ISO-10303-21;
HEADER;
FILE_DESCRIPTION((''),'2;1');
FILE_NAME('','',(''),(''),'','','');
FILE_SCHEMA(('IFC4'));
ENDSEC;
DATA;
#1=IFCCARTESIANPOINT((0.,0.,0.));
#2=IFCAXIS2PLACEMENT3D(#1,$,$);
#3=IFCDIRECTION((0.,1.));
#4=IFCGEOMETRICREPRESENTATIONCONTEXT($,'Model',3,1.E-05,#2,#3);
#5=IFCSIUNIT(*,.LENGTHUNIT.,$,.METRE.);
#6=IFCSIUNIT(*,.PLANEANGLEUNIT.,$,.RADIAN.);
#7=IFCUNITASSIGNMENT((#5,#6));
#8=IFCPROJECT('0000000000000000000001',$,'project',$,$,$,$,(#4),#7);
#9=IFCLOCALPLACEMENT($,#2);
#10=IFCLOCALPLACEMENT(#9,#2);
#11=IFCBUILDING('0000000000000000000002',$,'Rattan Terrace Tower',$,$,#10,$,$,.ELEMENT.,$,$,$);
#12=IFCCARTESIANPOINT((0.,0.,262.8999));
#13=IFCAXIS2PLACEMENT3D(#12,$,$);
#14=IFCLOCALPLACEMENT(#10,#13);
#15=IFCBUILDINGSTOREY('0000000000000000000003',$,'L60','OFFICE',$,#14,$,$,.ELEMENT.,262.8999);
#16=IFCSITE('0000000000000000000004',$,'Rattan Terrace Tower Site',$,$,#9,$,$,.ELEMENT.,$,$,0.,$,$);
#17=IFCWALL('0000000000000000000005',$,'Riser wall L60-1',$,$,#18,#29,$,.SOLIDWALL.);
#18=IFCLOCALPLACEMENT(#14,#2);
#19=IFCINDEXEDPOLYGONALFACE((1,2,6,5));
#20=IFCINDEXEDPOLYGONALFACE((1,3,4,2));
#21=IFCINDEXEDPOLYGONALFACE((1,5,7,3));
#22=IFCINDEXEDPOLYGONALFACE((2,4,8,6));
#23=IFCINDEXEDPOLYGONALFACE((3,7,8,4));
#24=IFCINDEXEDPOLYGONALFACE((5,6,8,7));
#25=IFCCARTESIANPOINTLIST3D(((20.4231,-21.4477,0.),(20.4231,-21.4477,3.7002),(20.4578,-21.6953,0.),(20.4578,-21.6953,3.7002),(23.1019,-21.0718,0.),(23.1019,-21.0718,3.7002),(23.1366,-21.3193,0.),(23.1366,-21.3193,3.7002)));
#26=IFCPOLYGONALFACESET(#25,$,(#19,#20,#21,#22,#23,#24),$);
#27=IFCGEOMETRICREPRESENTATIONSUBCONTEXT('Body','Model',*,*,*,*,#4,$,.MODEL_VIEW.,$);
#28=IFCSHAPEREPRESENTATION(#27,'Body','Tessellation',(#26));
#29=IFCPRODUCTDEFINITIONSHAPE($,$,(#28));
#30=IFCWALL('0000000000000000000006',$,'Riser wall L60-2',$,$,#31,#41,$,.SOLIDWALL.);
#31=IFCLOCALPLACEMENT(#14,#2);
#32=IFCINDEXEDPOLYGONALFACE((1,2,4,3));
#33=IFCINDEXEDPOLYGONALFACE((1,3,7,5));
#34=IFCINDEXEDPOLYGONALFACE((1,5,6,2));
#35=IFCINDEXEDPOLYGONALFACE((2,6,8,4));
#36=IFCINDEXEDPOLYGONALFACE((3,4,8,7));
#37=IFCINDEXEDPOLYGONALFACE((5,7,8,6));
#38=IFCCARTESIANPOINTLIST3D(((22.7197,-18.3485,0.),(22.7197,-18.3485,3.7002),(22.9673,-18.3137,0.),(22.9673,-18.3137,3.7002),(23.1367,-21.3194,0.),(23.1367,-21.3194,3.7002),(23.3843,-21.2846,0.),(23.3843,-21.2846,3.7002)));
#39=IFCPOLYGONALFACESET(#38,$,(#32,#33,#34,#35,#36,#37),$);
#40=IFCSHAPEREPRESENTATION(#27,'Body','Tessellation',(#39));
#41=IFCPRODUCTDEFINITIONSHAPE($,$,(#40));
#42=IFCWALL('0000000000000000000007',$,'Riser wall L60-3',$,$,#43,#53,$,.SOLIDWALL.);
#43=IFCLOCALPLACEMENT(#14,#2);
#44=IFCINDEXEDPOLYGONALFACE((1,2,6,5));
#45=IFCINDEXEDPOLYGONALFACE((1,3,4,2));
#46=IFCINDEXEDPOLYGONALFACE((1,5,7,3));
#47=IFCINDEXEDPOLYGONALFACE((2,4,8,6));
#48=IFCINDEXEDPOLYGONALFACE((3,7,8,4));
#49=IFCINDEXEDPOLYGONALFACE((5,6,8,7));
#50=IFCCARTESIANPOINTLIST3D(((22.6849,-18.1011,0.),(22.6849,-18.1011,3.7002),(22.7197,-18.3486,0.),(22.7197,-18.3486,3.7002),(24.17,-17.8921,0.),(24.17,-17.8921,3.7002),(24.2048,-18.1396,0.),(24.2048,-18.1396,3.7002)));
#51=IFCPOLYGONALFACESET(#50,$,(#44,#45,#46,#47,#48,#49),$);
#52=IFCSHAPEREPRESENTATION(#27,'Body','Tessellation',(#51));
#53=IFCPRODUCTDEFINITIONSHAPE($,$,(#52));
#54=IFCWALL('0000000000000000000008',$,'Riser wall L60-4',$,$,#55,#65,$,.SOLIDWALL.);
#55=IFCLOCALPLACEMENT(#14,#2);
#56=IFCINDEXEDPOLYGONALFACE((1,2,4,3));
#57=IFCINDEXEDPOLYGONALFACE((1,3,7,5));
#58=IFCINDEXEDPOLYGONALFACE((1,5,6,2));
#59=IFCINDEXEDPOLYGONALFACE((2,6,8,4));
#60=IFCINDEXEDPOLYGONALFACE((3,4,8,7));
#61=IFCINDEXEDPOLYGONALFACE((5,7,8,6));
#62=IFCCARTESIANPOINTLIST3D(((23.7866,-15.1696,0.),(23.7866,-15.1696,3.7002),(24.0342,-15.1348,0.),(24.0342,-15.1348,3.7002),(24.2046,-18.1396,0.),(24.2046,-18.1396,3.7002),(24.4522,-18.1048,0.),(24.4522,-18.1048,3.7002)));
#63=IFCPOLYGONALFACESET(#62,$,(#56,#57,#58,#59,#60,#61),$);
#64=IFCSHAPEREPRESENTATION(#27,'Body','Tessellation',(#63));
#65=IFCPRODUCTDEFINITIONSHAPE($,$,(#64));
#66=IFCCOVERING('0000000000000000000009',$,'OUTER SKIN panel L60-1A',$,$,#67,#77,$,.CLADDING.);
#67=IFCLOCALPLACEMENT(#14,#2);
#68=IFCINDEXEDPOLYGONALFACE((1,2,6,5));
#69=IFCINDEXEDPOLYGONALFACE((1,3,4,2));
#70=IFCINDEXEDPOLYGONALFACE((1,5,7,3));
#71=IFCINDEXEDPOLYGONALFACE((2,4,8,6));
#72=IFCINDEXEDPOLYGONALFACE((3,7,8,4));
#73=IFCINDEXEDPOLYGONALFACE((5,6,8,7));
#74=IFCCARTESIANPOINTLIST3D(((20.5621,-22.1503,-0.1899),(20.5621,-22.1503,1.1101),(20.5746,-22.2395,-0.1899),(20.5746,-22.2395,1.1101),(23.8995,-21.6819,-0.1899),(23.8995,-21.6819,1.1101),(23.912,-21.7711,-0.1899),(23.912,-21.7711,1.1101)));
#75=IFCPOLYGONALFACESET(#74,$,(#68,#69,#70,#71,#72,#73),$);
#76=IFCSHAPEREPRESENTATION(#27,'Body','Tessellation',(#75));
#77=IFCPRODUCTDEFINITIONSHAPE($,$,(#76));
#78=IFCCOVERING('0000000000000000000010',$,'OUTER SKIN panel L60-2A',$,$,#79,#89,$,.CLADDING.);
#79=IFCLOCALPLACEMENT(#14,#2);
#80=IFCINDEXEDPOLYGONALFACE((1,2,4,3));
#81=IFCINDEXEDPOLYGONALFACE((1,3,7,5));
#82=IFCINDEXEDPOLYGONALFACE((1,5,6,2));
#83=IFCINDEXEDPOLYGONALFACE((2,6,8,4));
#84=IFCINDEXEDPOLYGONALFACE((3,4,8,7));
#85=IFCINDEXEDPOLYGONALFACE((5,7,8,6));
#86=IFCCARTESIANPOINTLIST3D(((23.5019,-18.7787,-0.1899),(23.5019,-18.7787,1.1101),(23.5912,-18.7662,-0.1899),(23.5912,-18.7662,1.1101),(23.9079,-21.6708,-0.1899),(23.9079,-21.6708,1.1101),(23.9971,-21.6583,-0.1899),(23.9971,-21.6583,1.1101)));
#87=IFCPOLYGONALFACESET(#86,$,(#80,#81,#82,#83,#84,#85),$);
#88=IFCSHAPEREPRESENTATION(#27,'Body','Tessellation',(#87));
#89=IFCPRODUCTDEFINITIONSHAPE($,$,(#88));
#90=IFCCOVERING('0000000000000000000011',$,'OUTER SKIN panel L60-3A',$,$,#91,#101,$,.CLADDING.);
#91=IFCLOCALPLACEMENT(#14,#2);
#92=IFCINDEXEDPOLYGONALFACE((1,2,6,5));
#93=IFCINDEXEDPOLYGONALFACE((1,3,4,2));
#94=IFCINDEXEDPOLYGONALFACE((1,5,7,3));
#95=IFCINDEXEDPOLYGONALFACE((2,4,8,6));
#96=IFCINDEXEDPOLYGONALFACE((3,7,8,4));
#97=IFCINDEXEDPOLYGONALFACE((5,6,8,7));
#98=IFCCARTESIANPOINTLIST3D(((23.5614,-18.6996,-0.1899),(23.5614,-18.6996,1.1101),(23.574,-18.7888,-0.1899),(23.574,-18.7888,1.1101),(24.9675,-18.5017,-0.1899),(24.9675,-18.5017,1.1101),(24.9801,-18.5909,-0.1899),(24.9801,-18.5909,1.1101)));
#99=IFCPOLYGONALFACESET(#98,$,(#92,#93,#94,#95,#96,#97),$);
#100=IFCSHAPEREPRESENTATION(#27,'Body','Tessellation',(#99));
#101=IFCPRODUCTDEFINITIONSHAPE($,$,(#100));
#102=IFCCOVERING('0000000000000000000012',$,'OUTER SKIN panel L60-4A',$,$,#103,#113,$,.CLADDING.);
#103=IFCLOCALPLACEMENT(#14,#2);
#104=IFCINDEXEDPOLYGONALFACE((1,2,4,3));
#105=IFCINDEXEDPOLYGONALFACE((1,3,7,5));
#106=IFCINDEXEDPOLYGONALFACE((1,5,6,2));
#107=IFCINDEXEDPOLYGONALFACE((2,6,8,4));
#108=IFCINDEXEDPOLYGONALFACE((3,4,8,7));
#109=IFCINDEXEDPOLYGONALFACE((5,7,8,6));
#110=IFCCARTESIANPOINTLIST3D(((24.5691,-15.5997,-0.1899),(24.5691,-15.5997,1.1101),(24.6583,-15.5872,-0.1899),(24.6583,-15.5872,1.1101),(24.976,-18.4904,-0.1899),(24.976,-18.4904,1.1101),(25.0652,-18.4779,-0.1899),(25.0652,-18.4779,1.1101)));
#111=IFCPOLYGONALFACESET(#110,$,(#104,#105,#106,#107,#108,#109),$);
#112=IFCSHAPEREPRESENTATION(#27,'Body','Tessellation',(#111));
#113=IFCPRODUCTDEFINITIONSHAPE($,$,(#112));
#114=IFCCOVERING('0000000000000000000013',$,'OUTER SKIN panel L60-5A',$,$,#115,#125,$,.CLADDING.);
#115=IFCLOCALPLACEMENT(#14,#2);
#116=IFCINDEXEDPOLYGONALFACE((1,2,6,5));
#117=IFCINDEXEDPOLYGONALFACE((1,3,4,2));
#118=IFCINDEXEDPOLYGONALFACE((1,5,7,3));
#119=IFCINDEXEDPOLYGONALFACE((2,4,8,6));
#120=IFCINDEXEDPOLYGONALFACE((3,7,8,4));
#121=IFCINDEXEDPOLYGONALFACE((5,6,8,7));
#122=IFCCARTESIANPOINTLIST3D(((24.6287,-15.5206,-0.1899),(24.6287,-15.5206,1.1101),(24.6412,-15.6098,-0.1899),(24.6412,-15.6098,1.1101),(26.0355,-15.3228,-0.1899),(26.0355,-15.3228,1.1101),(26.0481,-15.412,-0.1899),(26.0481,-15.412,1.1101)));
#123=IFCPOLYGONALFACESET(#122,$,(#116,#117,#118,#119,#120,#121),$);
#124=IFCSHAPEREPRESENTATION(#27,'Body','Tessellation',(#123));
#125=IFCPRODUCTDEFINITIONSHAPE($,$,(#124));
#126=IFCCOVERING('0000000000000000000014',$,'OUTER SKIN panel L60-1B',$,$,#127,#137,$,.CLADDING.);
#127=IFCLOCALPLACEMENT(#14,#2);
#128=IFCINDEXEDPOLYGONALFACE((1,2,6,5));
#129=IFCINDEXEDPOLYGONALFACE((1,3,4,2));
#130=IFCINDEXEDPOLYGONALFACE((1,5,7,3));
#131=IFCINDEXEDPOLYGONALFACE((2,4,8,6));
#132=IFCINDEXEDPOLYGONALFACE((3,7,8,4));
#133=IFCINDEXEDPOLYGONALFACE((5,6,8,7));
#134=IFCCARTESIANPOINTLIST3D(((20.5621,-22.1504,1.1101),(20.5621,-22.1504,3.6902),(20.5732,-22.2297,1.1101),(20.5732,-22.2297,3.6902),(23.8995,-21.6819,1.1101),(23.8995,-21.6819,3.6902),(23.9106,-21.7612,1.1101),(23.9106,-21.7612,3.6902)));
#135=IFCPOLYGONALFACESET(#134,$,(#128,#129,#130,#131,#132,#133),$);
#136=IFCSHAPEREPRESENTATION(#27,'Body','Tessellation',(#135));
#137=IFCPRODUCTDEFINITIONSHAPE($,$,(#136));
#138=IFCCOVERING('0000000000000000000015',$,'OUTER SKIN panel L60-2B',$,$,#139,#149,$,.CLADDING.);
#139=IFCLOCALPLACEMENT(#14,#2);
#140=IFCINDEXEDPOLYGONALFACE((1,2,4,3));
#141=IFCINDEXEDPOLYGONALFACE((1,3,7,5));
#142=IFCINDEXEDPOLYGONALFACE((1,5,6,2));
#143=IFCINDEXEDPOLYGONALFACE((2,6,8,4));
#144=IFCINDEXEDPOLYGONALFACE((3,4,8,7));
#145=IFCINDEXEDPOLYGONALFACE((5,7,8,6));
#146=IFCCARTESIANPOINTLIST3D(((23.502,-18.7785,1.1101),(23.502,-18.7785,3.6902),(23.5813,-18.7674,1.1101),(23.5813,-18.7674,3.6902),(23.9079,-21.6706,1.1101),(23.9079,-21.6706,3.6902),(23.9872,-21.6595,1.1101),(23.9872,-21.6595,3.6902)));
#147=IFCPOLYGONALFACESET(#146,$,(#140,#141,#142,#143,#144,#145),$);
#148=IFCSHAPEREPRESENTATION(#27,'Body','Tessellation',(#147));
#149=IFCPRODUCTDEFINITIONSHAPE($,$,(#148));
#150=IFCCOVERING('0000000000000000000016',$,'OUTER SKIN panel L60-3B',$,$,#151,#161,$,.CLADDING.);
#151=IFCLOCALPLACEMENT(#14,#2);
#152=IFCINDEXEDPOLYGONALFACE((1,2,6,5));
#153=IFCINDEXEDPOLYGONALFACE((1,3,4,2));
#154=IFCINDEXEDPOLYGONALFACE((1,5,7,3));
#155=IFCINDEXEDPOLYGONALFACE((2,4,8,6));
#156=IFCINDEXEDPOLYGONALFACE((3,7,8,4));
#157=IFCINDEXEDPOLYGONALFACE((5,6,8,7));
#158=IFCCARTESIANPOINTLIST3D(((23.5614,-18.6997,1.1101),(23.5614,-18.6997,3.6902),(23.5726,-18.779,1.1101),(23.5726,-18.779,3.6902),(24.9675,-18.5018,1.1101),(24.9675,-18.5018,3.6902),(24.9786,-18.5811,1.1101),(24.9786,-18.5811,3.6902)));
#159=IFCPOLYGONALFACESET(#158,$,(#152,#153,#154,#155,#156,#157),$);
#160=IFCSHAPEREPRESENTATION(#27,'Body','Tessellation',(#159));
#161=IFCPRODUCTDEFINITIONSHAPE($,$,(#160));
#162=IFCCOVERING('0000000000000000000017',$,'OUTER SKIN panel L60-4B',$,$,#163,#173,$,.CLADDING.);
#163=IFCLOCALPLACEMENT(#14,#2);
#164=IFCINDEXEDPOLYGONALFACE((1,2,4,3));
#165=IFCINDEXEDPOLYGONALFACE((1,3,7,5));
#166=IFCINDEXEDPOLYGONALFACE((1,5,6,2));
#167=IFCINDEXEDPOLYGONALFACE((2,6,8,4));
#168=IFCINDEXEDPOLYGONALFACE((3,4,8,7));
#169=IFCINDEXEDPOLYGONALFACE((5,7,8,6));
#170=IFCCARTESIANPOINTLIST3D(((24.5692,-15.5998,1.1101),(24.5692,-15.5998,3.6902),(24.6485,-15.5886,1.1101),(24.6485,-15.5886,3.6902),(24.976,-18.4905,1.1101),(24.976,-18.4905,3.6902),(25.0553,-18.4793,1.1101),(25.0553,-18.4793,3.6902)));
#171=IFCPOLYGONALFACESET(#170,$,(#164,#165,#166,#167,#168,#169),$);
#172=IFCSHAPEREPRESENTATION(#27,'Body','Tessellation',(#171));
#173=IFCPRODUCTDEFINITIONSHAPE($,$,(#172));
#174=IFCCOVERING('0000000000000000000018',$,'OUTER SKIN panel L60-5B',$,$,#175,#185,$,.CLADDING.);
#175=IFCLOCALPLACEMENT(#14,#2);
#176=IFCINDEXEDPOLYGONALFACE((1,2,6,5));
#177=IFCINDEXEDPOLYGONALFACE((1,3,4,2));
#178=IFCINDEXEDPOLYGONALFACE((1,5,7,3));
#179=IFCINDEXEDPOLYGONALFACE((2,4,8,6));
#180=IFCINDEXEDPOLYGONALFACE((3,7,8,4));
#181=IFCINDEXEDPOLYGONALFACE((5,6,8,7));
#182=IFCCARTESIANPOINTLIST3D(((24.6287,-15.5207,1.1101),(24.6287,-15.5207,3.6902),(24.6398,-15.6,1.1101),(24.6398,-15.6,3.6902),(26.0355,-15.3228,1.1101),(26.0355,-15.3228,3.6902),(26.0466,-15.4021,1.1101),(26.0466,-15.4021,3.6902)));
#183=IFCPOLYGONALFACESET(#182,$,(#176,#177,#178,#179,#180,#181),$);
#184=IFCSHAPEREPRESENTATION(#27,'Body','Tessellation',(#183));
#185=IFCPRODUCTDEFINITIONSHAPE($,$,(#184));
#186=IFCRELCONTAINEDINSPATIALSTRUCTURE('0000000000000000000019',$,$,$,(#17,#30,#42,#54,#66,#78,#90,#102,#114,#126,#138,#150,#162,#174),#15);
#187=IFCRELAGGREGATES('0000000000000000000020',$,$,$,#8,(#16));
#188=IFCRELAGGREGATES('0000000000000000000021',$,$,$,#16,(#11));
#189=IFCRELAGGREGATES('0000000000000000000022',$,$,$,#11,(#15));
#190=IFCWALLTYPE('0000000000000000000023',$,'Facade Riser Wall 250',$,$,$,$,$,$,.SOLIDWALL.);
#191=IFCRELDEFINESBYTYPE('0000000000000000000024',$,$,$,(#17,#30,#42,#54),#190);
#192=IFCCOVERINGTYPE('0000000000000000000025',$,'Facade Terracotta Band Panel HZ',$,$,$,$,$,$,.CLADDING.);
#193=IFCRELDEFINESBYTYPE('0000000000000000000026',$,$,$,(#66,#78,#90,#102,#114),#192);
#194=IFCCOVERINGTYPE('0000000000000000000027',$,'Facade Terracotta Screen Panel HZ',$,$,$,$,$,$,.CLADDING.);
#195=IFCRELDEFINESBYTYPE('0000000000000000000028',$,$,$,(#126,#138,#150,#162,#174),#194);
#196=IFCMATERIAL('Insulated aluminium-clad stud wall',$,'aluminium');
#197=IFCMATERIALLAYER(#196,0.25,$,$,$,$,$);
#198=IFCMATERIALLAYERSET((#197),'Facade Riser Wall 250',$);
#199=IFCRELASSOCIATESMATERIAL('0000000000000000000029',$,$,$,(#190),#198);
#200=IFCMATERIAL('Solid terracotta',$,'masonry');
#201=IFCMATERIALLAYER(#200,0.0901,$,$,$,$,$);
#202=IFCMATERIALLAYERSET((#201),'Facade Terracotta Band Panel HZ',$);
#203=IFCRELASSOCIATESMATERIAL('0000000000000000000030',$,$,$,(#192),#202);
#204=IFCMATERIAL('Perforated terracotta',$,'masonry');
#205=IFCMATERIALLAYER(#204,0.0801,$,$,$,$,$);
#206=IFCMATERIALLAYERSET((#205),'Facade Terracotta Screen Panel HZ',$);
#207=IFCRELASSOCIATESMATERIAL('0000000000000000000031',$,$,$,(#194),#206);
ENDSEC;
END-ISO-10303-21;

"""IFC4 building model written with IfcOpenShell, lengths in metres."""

from ifc_helpers import new_model, si_unit, direction, frame, frame_2d, origin, origin_2d, place, context, subcontext, project, spatial, rectangle, extrude, material, layer, layer_set, type_object, element, save


model = new_model("IFC4")

# Units and contexts
model_context = context("Model", 3, precision=1e-05, world=origin(), true_north=direction((0.0, 1.0)))
body_context = subcontext(model_context, "Body", "Model", "MODEL_VIEW")
ifc_project = project(units=[si_unit("LENGTHUNIT", "METRE"), si_unit("PLANEANGLEUNIT", "RADIAN")], contexts=[model_context])

# Site, building, storey
site_placement = place(None, origin())
site = spatial("IfcSite", under=ifc_project, at=site_placement, Name="Rattan Terrace Tower Site", CompositionType="ELEMENT", RefElevation=0.0)
building_placement = place(site_placement, origin())
building = spatial("IfcBuilding", under=site, at=building_placement, Name="Rattan Terrace Tower", CompositionType="ELEMENT")
storey_placement = place(building_placement, frame((0.0, 0.0, 262.8999)))
storey = spatial("IfcBuildingStorey", under=building, at=storey_placement, Name="L60", Description="OFFICE", CompositionType="ELEMENT", Elevation=262.8999)

# Walls
ifc_material_1 = material(Name="Insulated aluminium-clad stud wall", Category="aluminium")
ifc_layer_1 = layer(ifc_material_1, 0.25)
ifc_layer_set_1 = layer_set([ifc_layer_1], Name="Facade Riser Wall 250")
wall_type = type_object("IfcWallType", Name="Facade Riser Wall 250", PredefinedType="SOLIDWALL", material=ifc_layer_set_1)
wall_1_placement = place(storey_placement, frame((20.4404, -21.5715, 0.0), z_axis=(0.0, 0.0, 1.0), x_axis=(0.990293, 0.138995, 0.0)))
element("IfcWall", 1, at=wall_1_placement, inside=storey, type_object=wall_type, Name="Riser wall L60-1", PredefinedType="SOLIDWALL", context=body_context, shape_type="SweptSolid", body=[
    extrude(rectangle(XDim=2.7051, YDim=0.25, at=frame_2d((1.3525, 0.0))), origin(), (0.0, 0.0, 1.0), 3.7002),
])
wall_2_placement = place(storey_placement, frame((23.2605, -21.302, 0.0), z_axis=(0.0, 0.0, 1.0), x_axis=(-0.138994, 0.990293, 0.0)))
element("IfcWall", 2, at=wall_2_placement, inside=storey, type_object=wall_type, Name="Riser wall L60-2", PredefinedType="SOLIDWALL", context=body_context, shape_type="SweptSolid", body=[
    extrude(rectangle(XDim=3.0, YDim=0.25, at=frame_2d((1.5, 0.0))), origin(), (0.0, 0.0, 1.0), 3.7002),
])
wall_3_placement = place(storey_placement, frame((22.7021, -18.2249, 0.0), z_axis=(0.0, 0.0, 1.0), x_axis=(0.990244, 0.139347, 0.0)))
element("IfcWall", 3, at=wall_3_placement, inside=storey, type_object=wall_type, Name="Riser wall L60-3", PredefinedType="SOLIDWALL", context=body_context, shape_type="SweptSolid", body=[
    extrude(rectangle(XDim=1.4998, YDim=0.25, at=frame_2d((0.75, 0.0))), origin(), (0.0, 0.0, 1.0), 3.7002),
])
wall_4_placement = place(storey_placement, frame((24.3284, -18.1221, 0.0), z_axis=(0.0, 0.0, 1.0), x_axis=(-0.139358, 0.990242, 0.0)))
element("IfcWall", 4, at=wall_4_placement, inside=storey, type_object=wall_type, Name="Riser wall L60-4", PredefinedType="SOLIDWALL", context=body_context, shape_type="SweptSolid", body=[
    extrude(rectangle(XDim=2.9993, YDim=0.25, at=frame_2d((1.4995, 0.0))), origin(), (0.0, 0.0, 1.0), 3.7002),
])

# Coverings
ifc_material_2 = material(Name="Solid terracotta", Category="masonry")
ifc_layer_2 = layer(ifc_material_2, 0.0901)
ifc_layer_set_2 = layer_set([ifc_layer_2], Name="Facade Terracotta Band Panel HZ")
covering_type_1 = type_object("IfcCoveringType", Name="Facade Terracotta Band Panel HZ", PredefinedType="CLADDING", material=ifc_layer_set_2)
covering_1_placement = place(storey_placement, frame((22.2371, -21.9607, -0.1899), z_axis=(0.0, 0.0, 1.0), x_axis=(0.990293, 0.138994, 0.0)))
element("IfcCovering", 5, at=covering_1_placement, inside=storey, type_object=covering_type_1, Name="OUTER SKIN panel L60-1A", PredefinedType="CLADDING", context=body_context, shape_type="SweptSolid", body=[
    extrude(rectangle(XDim=3.3701, YDim=0.0901, at=origin_2d()), origin(), (0.0, 0.0, 1.0), 1.3),
])
covering_2_placement = place(storey_placement, frame((23.7495, -20.2185, -0.1899), z_axis=(0.0, 0.0, 1.0), x_axis=(-0.138994, 0.990293, 0.0)))
element("IfcCovering", 6, at=covering_2_placement, inside=storey, type_object=covering_type_1, Name="OUTER SKIN panel L60-2A", PredefinedType="CLADDING", context=body_context, shape_type="SweptSolid", body=[
    extrude(rectangle(XDim=2.9204, YDim=0.0901, at=origin_2d()), origin(), (0.0, 0.0, 1.0), 1.3),
])
covering_3_placement = place(storey_placement, frame((24.2708, -18.6453, -0.1899), z_axis=(0.0, 0.0, 1.0), x_axis=(0.990241, 0.139367, 0.0)))
element("IfcCovering", 7, at=covering_3_placement, inside=storey, type_object=covering_type_1, Name="OUTER SKIN panel L60-3A", PredefinedType="CLADDING", context=body_context, shape_type="SweptSolid", body=[
    extrude(rectangle(XDim=1.4199, YDim=0.0901, at=origin_2d()), origin(), (0.0, 0.0, 1.0), 1.3),
])
covering_4_placement = place(storey_placement, frame((24.8171, -17.0388, -0.1899), z_axis=(0.0, 0.0, 1.0), x_axis=(-0.139367, 0.990241, 0.0)))
element("IfcCovering", 8, at=covering_4_placement, inside=storey, type_object=covering_type_1, Name="OUTER SKIN panel L60-4A", PredefinedType="CLADDING", context=body_context, shape_type="SweptSolid", body=[
    extrude(rectangle(XDim=2.9192, YDim=0.0901, at=origin_2d()), origin(), (0.0, 0.0, 1.0), 1.3),
])
covering_5_placement = place(storey_placement, frame((25.3384, -15.4663, -0.1899), z_axis=(0.0, 0.0, 1.0), x_axis=(0.990254, 0.139275, 0.0)))
element("IfcCovering", 9, at=covering_5_placement, inside=storey, type_object=covering_type_1, Name="OUTER SKIN panel L60-5A", PredefinedType="CLADDING", context=body_context, shape_type="SweptSolid", body=[
    extrude(rectangle(XDim=1.4207, YDim=0.0901, at=origin_2d()), origin(), (0.0, 0.0, 1.0), 1.3),
])
ifc_material_3 = material(Name="Perforated terracotta", Category="masonry")
ifc_layer_3 = layer(ifc_material_3, 0.0801)
ifc_layer_set_3 = layer_set([ifc_layer_3], Name="Facade Terracotta Screen Panel HZ")
covering_type_2 = type_object("IfcCoveringType", Name="Facade Terracotta Screen Panel HZ", PredefinedType="CLADDING", material=ifc_layer_set_3)
covering_6_placement = place(storey_placement, frame((22.2363, -21.9558, 1.1101), z_axis=(0.0, 0.0, 1.0), x_axis=(0.990293, 0.138994, 0.0)))
element("IfcCovering", 10, at=covering_6_placement, inside=storey, type_object=covering_type_2, Name="OUTER SKIN panel L60-1B", PredefinedType="CLADDING", context=body_context, shape_type="SweptSolid", body=[
    extrude(rectangle(XDim=3.3701, YDim=0.0801, at=origin_2d()), origin(), (0.0, 0.0, 1.0), 2.5801),
])
covering_7_placement = place(storey_placement, frame((23.7446, -20.219, 1.1101), z_axis=(0.0, 0.0, 1.0), x_axis=(-0.138994, 0.990293, 0.0)))
element("IfcCovering", 11, at=covering_7_placement, inside=storey, type_object=covering_type_2, Name="OUTER SKIN panel L60-2B", PredefinedType="CLADDING", context=body_context, shape_type="SweptSolid", body=[
    extrude(rectangle(XDim=2.9204, YDim=0.0801, at=origin_2d()), origin(), (0.0, 0.0, 1.0), 2.5801),
])
covering_8_placement = place(storey_placement, frame((24.27, -18.6404, 1.1101), z_axis=(0.0, 0.0, 1.0), x_axis=(0.990241, 0.139367, 0.0)))
element("IfcCovering", 12, at=covering_8_placement, inside=storey, type_object=covering_type_2, Name="OUTER SKIN panel L60-3B", PredefinedType="CLADDING", context=body_context, shape_type="SweptSolid", body=[
    extrude(rectangle(XDim=1.4199, YDim=0.0801, at=origin_2d()), origin(), (0.0, 0.0, 1.0), 2.5801),
])
covering_9_placement = place(storey_placement, frame((24.8123, -17.0396, 1.1101), z_axis=(0.0, 0.0, 1.0), x_axis=(-0.139367, 0.990241, 0.0)))
element("IfcCovering", 13, at=covering_9_placement, inside=storey, type_object=covering_type_2, Name="OUTER SKIN panel L60-4B", PredefinedType="CLADDING", context=body_context, shape_type="SweptSolid", body=[
    extrude(rectangle(XDim=2.9192, YDim=0.0801, at=origin_2d()), origin(), (0.0, 0.0, 1.0), 2.5801),
])
covering_10_placement = place(storey_placement, frame((25.3376, -15.4614, 1.1101), z_axis=(0.0, 0.0, 1.0), x_axis=(0.990254, 0.139275, 0.0)))
element("IfcCovering", 14, at=covering_10_placement, inside=storey, type_object=covering_type_2, Name="OUTER SKIN panel L60-5B", PredefinedType="CLADDING", context=body_context, shape_type="SweptSolid", body=[
    extrude(rectangle(XDim=1.4207, YDim=0.0801, at=origin_2d()), origin(), (0.0, 0.0, 1.0), 2.5801),
])

save(model, "model.ifc")
